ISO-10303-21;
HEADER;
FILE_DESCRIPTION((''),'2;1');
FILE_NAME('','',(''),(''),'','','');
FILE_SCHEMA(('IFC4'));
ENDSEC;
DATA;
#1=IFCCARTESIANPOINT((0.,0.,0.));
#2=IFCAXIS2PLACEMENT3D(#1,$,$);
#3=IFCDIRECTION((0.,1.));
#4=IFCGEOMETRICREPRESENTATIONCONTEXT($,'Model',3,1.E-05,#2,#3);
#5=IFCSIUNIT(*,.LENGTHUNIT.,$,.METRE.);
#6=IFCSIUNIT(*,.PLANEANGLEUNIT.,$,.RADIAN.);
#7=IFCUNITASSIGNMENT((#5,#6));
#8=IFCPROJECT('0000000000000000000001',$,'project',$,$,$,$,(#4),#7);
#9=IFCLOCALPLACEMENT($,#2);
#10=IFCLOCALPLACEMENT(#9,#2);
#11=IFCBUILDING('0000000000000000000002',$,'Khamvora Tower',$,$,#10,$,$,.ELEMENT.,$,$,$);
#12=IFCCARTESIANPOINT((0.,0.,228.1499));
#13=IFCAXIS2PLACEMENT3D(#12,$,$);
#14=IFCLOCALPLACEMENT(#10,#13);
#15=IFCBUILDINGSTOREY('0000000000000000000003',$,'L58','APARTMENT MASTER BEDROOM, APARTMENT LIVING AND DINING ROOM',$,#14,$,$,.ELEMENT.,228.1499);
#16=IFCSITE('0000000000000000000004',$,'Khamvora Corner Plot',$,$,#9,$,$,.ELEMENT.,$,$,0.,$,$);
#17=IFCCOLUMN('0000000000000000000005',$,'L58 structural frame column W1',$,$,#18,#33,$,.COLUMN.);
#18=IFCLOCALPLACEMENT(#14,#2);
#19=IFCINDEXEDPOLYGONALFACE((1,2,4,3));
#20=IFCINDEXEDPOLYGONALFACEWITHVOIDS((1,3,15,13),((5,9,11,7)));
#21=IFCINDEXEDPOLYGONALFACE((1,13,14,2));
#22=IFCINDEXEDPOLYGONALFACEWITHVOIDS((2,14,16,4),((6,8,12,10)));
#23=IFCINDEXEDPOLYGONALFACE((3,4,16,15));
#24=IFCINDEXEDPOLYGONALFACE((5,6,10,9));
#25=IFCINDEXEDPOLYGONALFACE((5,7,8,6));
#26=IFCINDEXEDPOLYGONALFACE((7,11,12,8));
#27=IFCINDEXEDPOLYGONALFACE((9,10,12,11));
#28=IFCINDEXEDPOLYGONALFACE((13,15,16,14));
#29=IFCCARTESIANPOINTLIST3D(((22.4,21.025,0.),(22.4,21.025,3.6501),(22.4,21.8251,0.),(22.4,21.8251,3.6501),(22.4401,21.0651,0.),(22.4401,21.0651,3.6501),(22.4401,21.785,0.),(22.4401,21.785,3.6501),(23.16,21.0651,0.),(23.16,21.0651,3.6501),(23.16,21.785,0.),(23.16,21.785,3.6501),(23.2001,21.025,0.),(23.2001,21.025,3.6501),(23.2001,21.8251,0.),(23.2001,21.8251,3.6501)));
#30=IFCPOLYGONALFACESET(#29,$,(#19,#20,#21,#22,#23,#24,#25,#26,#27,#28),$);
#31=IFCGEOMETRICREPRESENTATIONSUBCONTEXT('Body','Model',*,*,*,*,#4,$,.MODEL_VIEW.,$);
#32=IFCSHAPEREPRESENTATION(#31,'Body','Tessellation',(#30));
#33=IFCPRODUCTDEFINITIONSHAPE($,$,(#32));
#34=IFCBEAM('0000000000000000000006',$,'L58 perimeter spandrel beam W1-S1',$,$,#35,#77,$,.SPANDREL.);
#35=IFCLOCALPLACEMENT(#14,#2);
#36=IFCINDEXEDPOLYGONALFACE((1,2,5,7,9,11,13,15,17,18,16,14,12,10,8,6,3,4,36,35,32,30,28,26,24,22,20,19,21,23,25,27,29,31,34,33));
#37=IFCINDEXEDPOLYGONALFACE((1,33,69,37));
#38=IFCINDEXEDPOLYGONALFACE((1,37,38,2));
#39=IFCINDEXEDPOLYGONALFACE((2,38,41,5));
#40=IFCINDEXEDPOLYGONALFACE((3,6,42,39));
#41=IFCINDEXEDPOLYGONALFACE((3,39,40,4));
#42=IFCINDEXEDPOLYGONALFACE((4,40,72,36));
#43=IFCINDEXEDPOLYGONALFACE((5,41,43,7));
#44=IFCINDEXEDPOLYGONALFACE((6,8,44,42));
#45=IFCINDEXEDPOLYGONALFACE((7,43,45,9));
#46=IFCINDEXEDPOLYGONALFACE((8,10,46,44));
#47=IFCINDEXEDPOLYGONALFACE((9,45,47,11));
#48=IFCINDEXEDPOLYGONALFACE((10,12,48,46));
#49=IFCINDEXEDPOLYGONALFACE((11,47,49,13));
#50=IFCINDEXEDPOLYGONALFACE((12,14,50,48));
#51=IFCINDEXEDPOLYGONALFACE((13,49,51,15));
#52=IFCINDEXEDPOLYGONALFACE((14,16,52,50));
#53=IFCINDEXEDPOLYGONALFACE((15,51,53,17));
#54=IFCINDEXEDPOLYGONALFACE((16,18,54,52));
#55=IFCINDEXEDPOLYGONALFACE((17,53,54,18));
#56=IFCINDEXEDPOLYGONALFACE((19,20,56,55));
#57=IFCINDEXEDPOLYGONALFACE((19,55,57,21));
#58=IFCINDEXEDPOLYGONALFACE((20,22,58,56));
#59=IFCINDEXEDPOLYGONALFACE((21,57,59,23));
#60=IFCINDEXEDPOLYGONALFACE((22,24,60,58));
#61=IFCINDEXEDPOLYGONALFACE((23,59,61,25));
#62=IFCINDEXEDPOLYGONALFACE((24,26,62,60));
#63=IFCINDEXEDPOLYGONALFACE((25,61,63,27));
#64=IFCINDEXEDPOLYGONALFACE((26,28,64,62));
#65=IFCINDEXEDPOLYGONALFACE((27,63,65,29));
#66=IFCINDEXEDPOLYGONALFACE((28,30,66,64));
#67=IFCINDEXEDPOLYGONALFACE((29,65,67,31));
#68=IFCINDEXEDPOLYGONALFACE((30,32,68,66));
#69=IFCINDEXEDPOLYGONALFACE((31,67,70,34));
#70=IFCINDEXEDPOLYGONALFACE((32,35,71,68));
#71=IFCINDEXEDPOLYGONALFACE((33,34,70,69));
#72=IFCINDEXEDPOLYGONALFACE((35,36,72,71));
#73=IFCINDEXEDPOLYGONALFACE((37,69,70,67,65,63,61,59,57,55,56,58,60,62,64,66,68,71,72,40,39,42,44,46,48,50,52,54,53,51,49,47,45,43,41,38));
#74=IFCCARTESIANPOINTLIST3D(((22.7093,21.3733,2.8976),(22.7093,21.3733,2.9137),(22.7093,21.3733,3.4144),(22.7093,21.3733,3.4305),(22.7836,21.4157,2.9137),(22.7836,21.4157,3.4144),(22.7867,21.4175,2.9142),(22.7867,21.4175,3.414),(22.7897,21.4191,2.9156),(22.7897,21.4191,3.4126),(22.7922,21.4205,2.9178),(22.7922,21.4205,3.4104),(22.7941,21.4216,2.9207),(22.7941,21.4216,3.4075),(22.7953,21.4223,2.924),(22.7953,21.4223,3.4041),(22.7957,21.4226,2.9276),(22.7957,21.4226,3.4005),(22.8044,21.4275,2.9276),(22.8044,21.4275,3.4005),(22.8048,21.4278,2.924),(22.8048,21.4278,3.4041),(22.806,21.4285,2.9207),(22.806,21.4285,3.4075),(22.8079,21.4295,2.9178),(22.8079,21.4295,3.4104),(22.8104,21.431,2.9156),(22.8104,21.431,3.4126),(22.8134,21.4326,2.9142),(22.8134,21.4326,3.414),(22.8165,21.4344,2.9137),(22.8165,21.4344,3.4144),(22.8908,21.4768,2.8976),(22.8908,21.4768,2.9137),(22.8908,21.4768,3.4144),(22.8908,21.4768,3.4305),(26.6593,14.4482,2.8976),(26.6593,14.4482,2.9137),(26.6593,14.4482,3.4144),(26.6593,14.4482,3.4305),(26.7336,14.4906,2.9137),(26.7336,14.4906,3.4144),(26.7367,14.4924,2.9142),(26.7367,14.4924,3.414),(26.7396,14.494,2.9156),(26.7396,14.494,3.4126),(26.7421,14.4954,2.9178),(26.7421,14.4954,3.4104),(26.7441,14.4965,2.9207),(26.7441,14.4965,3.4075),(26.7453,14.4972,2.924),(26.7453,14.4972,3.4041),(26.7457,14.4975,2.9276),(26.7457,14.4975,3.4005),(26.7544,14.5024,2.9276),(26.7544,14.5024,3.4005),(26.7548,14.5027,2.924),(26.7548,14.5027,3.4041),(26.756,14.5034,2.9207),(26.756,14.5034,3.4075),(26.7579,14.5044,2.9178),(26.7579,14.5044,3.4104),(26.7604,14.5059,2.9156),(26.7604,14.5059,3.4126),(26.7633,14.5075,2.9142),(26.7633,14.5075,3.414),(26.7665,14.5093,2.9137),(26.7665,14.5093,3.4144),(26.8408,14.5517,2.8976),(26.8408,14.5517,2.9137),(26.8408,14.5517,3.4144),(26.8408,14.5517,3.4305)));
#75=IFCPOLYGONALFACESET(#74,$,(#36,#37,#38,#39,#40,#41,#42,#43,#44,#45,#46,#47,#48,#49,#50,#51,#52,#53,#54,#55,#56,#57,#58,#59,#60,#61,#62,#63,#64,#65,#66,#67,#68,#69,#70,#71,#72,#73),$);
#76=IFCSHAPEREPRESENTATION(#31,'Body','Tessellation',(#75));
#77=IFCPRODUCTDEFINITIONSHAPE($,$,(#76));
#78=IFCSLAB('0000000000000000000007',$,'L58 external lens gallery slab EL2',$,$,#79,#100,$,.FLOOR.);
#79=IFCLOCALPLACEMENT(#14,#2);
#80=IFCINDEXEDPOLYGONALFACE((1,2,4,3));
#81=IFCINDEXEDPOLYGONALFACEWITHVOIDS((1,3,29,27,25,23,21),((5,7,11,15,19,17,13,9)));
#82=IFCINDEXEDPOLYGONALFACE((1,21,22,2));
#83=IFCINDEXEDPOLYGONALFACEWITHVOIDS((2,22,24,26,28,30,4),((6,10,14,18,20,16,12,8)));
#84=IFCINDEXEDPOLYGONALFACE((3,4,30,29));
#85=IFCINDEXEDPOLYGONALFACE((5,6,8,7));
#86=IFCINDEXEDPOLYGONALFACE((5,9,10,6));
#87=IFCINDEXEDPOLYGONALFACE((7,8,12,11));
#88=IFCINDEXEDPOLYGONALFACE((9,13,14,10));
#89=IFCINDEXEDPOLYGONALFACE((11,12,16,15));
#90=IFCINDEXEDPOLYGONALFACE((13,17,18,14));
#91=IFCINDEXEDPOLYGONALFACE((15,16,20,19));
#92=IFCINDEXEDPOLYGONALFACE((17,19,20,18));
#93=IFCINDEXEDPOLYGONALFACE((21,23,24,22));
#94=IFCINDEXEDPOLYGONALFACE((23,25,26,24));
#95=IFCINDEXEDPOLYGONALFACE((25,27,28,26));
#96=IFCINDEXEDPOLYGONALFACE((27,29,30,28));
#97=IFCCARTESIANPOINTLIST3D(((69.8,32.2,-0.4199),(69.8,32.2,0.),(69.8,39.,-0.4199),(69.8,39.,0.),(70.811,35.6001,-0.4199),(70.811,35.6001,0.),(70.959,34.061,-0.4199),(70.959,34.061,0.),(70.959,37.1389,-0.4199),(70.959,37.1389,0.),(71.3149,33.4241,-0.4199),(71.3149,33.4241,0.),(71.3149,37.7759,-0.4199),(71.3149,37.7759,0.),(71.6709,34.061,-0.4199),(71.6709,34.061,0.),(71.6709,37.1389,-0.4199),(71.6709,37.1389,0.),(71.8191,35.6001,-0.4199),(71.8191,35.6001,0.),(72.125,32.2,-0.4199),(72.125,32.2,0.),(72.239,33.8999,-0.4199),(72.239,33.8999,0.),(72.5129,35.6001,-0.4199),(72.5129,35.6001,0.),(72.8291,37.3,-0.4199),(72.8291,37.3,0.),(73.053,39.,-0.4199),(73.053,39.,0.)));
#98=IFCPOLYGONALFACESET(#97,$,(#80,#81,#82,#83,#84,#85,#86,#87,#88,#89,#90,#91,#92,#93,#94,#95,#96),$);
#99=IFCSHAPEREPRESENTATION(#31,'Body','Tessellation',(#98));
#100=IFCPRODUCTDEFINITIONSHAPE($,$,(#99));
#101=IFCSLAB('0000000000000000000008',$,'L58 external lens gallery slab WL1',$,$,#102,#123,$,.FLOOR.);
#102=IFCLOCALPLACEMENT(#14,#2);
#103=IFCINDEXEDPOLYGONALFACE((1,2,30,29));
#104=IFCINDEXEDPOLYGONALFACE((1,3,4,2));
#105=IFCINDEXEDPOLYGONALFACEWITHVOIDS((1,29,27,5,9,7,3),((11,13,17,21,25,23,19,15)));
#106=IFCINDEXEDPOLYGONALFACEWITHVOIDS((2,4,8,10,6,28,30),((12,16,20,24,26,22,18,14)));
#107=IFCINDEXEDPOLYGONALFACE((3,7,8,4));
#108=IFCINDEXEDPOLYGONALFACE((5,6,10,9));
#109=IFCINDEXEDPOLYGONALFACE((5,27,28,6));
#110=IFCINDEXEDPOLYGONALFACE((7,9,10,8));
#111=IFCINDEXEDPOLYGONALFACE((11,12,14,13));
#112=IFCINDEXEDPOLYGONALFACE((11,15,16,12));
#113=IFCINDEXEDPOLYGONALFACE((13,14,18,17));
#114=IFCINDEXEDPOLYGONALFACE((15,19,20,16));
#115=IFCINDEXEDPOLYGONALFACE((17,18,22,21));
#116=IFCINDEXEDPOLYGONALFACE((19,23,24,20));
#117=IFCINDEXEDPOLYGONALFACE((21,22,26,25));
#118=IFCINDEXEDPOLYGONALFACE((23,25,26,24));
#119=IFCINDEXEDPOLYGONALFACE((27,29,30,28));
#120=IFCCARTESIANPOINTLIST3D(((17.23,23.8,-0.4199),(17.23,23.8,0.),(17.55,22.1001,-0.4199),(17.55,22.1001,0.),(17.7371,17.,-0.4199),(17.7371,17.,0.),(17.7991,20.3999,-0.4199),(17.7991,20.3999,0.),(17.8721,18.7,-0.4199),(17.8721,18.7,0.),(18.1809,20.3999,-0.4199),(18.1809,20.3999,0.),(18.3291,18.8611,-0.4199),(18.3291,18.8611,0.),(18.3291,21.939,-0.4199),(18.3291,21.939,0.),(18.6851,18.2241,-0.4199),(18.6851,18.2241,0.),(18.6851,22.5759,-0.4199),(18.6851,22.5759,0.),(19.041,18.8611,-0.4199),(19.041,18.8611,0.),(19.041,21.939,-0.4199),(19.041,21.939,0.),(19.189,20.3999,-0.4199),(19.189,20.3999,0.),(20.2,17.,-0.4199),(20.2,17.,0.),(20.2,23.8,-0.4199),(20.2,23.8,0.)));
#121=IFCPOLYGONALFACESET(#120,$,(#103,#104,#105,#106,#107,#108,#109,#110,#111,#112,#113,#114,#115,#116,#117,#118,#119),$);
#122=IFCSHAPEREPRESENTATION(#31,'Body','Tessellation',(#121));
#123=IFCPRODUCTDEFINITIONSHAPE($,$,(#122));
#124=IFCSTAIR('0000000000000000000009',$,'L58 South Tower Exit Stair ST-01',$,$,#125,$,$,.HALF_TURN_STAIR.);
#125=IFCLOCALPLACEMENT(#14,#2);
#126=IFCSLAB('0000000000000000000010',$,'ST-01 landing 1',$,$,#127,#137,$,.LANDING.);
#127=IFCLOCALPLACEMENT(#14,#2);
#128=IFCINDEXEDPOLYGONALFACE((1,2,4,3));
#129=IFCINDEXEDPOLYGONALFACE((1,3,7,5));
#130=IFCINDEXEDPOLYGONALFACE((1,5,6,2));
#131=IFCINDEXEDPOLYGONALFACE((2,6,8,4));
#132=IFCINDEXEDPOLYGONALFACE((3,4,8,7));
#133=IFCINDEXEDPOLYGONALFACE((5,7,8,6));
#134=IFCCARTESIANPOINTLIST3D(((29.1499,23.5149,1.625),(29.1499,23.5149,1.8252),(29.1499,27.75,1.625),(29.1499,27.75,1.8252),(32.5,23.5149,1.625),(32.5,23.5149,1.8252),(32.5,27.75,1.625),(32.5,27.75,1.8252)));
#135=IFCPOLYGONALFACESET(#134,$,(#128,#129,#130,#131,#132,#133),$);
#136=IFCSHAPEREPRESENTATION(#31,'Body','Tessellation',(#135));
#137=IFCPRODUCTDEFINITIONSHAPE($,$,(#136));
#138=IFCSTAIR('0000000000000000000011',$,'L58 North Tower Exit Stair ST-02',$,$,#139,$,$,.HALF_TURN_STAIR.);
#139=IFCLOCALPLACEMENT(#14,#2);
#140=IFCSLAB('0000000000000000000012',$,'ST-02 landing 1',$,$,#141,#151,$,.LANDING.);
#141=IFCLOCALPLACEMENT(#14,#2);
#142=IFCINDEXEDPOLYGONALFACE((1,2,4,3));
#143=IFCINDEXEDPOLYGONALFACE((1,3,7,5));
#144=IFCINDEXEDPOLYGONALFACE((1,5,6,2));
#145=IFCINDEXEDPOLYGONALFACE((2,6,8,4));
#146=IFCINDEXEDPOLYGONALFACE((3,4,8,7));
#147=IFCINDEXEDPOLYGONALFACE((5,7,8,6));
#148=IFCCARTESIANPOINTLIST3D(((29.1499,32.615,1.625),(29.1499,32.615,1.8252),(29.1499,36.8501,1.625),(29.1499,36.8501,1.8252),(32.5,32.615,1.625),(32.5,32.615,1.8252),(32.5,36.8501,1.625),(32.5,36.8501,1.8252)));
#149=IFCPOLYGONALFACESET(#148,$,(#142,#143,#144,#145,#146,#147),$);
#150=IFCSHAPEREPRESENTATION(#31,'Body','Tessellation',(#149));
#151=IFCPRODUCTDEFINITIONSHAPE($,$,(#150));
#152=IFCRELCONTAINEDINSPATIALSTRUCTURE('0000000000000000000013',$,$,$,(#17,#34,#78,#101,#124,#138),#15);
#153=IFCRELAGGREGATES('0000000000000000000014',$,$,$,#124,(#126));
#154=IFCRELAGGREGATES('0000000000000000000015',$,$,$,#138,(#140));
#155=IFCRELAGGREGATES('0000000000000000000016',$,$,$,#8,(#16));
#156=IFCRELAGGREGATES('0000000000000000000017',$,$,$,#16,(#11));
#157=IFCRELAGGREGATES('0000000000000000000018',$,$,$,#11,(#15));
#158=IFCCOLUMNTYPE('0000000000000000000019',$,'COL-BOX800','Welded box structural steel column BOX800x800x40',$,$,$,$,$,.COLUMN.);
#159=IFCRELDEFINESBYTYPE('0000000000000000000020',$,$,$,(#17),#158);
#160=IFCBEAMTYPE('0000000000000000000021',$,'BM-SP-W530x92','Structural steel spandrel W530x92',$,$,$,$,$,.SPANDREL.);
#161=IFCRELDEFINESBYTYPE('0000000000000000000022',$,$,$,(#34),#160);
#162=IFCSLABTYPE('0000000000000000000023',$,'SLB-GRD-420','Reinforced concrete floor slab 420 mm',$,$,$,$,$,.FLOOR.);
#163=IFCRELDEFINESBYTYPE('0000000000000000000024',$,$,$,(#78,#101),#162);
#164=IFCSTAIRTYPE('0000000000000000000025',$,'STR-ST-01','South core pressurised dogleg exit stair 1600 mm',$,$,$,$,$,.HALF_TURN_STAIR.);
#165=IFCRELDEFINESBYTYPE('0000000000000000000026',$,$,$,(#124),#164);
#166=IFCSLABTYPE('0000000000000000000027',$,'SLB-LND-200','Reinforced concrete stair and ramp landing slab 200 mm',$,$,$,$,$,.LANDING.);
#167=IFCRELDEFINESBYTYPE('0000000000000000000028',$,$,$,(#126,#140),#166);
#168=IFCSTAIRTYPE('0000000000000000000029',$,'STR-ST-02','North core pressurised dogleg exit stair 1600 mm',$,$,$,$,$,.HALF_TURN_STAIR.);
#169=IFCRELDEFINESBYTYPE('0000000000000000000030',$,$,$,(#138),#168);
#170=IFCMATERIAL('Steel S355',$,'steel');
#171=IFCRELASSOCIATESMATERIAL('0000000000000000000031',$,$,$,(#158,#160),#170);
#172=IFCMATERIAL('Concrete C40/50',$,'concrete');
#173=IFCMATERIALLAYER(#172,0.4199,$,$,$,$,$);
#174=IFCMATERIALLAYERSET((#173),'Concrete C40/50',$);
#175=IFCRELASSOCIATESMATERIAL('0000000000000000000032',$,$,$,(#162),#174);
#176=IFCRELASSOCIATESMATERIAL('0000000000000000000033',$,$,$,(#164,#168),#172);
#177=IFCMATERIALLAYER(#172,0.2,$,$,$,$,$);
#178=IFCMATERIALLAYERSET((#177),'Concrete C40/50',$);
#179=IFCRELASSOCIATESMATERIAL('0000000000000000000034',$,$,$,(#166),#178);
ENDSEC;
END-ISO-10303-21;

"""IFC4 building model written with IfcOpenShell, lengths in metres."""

from ifc_helpers import new_model, si_unit, direction, frame, origin, origin_2d, place, context, subcontext, project, spatial, polyline, hollow_rectangle, i_section, outline, extrude, material, layer, layer_set, material_profile, profile_set, type_object, element, aggregate, save


model = new_model("IFC4")

# Units and contexts
model_context = context("Model", 3, precision=1e-05, world=origin(), true_north=direction((0.0, 1.0)))
body_context = subcontext(model_context, "Body", "Model", "MODEL_VIEW")
ifc_project = project(units=[si_unit("LENGTHUNIT", "METRE"), si_unit("PLANEANGLEUNIT", "RADIAN")], contexts=[model_context])

# Site, building, storey
site_placement = place(None, origin())
site = spatial("IfcSite", under=ifc_project, at=site_placement, Name="Khamvora Corner Plot", CompositionType="ELEMENT", RefElevation=0.0)
building_placement = place(site_placement, origin())
building = spatial("IfcBuilding", under=site, at=building_placement, Name="Khamvora Tower", CompositionType="ELEMENT")
storey_placement = place(building_placement, frame((0.0, 0.0, 228.1499)))
storey = spatial("IfcBuildingStorey", under=building, at=storey_placement, Name="L58", Description="APARTMENT MASTER BEDROOM, APARTMENT LIVING AND DINING ROOM", CompositionType="ELEMENT", Elevation=228.1499)

# Column
ifc_material_1 = material(Name="Steel S355", Category="steel")
ifc_material_profile_1 = material_profile(ifc_material_1, hollow_rectangle(XDim=0.8, YDim=0.8, WallThickness=0.04, at=origin_2d()), Name="BOX800x800x40")
ifc_profile_set_1 = profile_set([ifc_material_profile_1], Name="Steel S355")
column_type = type_object("IfcColumnType", Name="COL-BOX800", Description="Welded box structural steel column BOX800x800x40", PredefinedType="COLUMN", material=ifc_profile_set_1)
column_placement = place(storey_placement, frame((22.8, 21.425, 0.0), z_axis=(0.0, 0.0, 1.0), x_axis=(1.0, 0.0, 0.0)))
element("IfcColumn", 1, at=column_placement, inside=storey, type_object=column_type, Name="L58 structural frame column W1", PredefinedType="COLUMN", context=body_context, shape_type="SweptSolid", body=[
    extrude(hollow_rectangle(XDim=0.8, YDim=0.8, WallThickness=0.04, at=origin_2d()), origin(), (0.0, 0.0, 1.0), 3.6501),
])

# Beam
ifc_material_profile_2 = material_profile(ifc_material_1, i_section(OverallWidth=0.209, OverallDepth=0.533, WebThickness=0.01, FlangeThickness=0.0161, FilletRadius=0.0139, at=origin_2d()), Name="W530x92")
ifc_profile_set_2 = profile_set([ifc_material_profile_2], Name="Steel S355")
beam_type = type_object("IfcBeamType", Name="BM-SP-W530x92", Description="Structural steel spandrel W530x92", PredefinedType="SPANDREL", material=ifc_profile_set_2)
beam_placement = place(storey_placement, frame((22.8, 21.425, 3.1641), z_axis=(0.495456, -0.868633, 0.0), x_axis=(0.868633, 0.495456, 0.0)))
element("IfcBeam", 2, at=beam_placement, inside=storey, type_object=beam_type, Name="L58 perimeter spandrel beam W1-S1", PredefinedType="SPANDREL", context=body_context, shape_type="SweptSolid", body=[
    extrude(i_section(OverallWidth=0.209, OverallDepth=0.533, WebThickness=0.01, FlangeThickness=0.0161, FilletRadius=0.0139, at=origin_2d()), origin(), (0.0, 0.0, 1.0), 7.9724),
])

# Slabs
ifc_material_2 = material(Name="Concrete C40/50", Category="concrete")
ifc_layer_1 = layer(ifc_material_2, 0.4199)
ifc_layer_set_1 = layer_set([ifc_layer_1], Name="Concrete C40/50")
slab_type_1 = type_object("IfcSlabType", Name="SLB-GRD-420", Description="Reinforced concrete floor slab 420 mm", PredefinedType="FLOOR", material=ifc_layer_set_1)
slab_1_placement = place(storey_placement, frame((0.0, 0.0, -0.4199)))
element("IfcSlab", 3, at=slab_1_placement, inside=storey, type_object=slab_type_1, Name="L58 external lens gallery slab EL2", PredefinedType="FLOOR", context=body_context, shape_type="SweptSolid", body=[
    extrude(outline(polyline([(72.125, 32.2), (72.239, 33.8999), (72.5129, 35.6001), (72.8291, 37.3), (73.053, 39.0), (69.8, 39.0), (69.8, 32.2), (72.125, 32.2)]), holes=[polyline([(71.8191, 35.6001), (71.6709, 37.1389), (71.3149, 37.7759), (70.959, 37.1389), (70.811, 35.6001), (70.959, 34.061), (71.3149, 33.4241), (71.6709, 34.061), (71.8191, 35.6001)])]), origin(), (0.0, 0.0, 1.0), 0.4199),
])
slab_2_placement = place(storey_placement, frame((0.0, 0.0, -0.4199)))
element("IfcSlab", 4, at=slab_2_placement, inside=storey, type_object=slab_type_1, Name="L58 external lens gallery slab WL1", PredefinedType="FLOOR", context=body_context, shape_type="SweptSolid", body=[
    extrude(outline(polyline([(20.2, 17.0), (20.2, 23.8), (17.23, 23.8), (17.55, 22.1001), (17.7991, 20.3999), (17.8721, 18.7), (17.7371, 17.0), (20.2, 17.0)]), holes=[polyline([(19.189, 20.3999), (19.041, 21.939), (18.6851, 22.5759), (18.3291, 21.939), (18.1809, 20.3999), (18.3291, 18.8611), (18.6851, 18.2241), (19.041, 18.8611), (19.189, 20.3999)])]), origin(), (0.0, 0.0, 1.0), 0.4199),
])

# Stairs, slabs
stair_type_1 = type_object("IfcStairType", Name="STR-ST-01", Description="South core pressurised dogleg exit stair 1600 mm", PredefinedType="HALF_TURN_STAIR", material=ifc_material_2)
stair_1_placement = place(storey_placement, origin())
stair_1 = element("IfcStair", 5, at=stair_1_placement, inside=storey, type_object=stair_type_1, Name="L58 South Tower Exit Stair ST-01", PredefinedType="HALF_TURN_STAIR")
ifc_layer_2 = layer(ifc_material_2, 0.2)
ifc_layer_set_2 = layer_set([ifc_layer_2], Name="Concrete C40/50")
slab_type_2 = type_object("IfcSlabType", Name="SLB-LND-200", Description="Reinforced concrete stair and ramp landing slab 200 mm", PredefinedType="LANDING", material=ifc_layer_set_2)
slab_3_placement = place(storey_placement, frame((0.0, 0.0, 1.625)))
slab_3 = element("IfcSlab", 6, at=slab_3_placement, type_object=slab_type_2, Name="ST-01 landing 1", PredefinedType="LANDING", context=body_context, shape_type="SweptSolid", body=[
    extrude(outline(polyline([(32.5, 23.5149), (32.5, 27.75), (29.1499, 27.75), (29.1499, 23.5149), (32.5, 23.5149)])), origin(), (0.0, 0.0, 1.0), 0.2002),
])
aggregate(stair_1, [slab_3])
stair_type_2 = type_object("IfcStairType", Name="STR-ST-02", Description="North core pressurised dogleg exit stair 1600 mm", PredefinedType="HALF_TURN_STAIR", material=ifc_material_2)
stair_2_placement = place(storey_placement, origin())
stair_2 = element("IfcStair", 7, at=stair_2_placement, inside=storey, type_object=stair_type_2, Name="L58 North Tower Exit Stair ST-02", PredefinedType="HALF_TURN_STAIR")
slab_4_placement = place(storey_placement, frame((0.0, 0.0, 1.625)))
slab_4 = element("IfcSlab", 8, at=slab_4_placement, type_object=slab_type_2, Name="ST-02 landing 1", PredefinedType="LANDING", context=body_context, shape_type="SweptSolid", body=[
    extrude(outline(polyline([(32.5, 32.615), (32.5, 36.8501), (29.1499, 36.8501), (29.1499, 32.615), (32.5, 32.615)])), origin(), (0.0, 0.0, 1.0), 0.2002),
])
aggregate(stair_2, [slab_4])

save(model, "model.ifc")
